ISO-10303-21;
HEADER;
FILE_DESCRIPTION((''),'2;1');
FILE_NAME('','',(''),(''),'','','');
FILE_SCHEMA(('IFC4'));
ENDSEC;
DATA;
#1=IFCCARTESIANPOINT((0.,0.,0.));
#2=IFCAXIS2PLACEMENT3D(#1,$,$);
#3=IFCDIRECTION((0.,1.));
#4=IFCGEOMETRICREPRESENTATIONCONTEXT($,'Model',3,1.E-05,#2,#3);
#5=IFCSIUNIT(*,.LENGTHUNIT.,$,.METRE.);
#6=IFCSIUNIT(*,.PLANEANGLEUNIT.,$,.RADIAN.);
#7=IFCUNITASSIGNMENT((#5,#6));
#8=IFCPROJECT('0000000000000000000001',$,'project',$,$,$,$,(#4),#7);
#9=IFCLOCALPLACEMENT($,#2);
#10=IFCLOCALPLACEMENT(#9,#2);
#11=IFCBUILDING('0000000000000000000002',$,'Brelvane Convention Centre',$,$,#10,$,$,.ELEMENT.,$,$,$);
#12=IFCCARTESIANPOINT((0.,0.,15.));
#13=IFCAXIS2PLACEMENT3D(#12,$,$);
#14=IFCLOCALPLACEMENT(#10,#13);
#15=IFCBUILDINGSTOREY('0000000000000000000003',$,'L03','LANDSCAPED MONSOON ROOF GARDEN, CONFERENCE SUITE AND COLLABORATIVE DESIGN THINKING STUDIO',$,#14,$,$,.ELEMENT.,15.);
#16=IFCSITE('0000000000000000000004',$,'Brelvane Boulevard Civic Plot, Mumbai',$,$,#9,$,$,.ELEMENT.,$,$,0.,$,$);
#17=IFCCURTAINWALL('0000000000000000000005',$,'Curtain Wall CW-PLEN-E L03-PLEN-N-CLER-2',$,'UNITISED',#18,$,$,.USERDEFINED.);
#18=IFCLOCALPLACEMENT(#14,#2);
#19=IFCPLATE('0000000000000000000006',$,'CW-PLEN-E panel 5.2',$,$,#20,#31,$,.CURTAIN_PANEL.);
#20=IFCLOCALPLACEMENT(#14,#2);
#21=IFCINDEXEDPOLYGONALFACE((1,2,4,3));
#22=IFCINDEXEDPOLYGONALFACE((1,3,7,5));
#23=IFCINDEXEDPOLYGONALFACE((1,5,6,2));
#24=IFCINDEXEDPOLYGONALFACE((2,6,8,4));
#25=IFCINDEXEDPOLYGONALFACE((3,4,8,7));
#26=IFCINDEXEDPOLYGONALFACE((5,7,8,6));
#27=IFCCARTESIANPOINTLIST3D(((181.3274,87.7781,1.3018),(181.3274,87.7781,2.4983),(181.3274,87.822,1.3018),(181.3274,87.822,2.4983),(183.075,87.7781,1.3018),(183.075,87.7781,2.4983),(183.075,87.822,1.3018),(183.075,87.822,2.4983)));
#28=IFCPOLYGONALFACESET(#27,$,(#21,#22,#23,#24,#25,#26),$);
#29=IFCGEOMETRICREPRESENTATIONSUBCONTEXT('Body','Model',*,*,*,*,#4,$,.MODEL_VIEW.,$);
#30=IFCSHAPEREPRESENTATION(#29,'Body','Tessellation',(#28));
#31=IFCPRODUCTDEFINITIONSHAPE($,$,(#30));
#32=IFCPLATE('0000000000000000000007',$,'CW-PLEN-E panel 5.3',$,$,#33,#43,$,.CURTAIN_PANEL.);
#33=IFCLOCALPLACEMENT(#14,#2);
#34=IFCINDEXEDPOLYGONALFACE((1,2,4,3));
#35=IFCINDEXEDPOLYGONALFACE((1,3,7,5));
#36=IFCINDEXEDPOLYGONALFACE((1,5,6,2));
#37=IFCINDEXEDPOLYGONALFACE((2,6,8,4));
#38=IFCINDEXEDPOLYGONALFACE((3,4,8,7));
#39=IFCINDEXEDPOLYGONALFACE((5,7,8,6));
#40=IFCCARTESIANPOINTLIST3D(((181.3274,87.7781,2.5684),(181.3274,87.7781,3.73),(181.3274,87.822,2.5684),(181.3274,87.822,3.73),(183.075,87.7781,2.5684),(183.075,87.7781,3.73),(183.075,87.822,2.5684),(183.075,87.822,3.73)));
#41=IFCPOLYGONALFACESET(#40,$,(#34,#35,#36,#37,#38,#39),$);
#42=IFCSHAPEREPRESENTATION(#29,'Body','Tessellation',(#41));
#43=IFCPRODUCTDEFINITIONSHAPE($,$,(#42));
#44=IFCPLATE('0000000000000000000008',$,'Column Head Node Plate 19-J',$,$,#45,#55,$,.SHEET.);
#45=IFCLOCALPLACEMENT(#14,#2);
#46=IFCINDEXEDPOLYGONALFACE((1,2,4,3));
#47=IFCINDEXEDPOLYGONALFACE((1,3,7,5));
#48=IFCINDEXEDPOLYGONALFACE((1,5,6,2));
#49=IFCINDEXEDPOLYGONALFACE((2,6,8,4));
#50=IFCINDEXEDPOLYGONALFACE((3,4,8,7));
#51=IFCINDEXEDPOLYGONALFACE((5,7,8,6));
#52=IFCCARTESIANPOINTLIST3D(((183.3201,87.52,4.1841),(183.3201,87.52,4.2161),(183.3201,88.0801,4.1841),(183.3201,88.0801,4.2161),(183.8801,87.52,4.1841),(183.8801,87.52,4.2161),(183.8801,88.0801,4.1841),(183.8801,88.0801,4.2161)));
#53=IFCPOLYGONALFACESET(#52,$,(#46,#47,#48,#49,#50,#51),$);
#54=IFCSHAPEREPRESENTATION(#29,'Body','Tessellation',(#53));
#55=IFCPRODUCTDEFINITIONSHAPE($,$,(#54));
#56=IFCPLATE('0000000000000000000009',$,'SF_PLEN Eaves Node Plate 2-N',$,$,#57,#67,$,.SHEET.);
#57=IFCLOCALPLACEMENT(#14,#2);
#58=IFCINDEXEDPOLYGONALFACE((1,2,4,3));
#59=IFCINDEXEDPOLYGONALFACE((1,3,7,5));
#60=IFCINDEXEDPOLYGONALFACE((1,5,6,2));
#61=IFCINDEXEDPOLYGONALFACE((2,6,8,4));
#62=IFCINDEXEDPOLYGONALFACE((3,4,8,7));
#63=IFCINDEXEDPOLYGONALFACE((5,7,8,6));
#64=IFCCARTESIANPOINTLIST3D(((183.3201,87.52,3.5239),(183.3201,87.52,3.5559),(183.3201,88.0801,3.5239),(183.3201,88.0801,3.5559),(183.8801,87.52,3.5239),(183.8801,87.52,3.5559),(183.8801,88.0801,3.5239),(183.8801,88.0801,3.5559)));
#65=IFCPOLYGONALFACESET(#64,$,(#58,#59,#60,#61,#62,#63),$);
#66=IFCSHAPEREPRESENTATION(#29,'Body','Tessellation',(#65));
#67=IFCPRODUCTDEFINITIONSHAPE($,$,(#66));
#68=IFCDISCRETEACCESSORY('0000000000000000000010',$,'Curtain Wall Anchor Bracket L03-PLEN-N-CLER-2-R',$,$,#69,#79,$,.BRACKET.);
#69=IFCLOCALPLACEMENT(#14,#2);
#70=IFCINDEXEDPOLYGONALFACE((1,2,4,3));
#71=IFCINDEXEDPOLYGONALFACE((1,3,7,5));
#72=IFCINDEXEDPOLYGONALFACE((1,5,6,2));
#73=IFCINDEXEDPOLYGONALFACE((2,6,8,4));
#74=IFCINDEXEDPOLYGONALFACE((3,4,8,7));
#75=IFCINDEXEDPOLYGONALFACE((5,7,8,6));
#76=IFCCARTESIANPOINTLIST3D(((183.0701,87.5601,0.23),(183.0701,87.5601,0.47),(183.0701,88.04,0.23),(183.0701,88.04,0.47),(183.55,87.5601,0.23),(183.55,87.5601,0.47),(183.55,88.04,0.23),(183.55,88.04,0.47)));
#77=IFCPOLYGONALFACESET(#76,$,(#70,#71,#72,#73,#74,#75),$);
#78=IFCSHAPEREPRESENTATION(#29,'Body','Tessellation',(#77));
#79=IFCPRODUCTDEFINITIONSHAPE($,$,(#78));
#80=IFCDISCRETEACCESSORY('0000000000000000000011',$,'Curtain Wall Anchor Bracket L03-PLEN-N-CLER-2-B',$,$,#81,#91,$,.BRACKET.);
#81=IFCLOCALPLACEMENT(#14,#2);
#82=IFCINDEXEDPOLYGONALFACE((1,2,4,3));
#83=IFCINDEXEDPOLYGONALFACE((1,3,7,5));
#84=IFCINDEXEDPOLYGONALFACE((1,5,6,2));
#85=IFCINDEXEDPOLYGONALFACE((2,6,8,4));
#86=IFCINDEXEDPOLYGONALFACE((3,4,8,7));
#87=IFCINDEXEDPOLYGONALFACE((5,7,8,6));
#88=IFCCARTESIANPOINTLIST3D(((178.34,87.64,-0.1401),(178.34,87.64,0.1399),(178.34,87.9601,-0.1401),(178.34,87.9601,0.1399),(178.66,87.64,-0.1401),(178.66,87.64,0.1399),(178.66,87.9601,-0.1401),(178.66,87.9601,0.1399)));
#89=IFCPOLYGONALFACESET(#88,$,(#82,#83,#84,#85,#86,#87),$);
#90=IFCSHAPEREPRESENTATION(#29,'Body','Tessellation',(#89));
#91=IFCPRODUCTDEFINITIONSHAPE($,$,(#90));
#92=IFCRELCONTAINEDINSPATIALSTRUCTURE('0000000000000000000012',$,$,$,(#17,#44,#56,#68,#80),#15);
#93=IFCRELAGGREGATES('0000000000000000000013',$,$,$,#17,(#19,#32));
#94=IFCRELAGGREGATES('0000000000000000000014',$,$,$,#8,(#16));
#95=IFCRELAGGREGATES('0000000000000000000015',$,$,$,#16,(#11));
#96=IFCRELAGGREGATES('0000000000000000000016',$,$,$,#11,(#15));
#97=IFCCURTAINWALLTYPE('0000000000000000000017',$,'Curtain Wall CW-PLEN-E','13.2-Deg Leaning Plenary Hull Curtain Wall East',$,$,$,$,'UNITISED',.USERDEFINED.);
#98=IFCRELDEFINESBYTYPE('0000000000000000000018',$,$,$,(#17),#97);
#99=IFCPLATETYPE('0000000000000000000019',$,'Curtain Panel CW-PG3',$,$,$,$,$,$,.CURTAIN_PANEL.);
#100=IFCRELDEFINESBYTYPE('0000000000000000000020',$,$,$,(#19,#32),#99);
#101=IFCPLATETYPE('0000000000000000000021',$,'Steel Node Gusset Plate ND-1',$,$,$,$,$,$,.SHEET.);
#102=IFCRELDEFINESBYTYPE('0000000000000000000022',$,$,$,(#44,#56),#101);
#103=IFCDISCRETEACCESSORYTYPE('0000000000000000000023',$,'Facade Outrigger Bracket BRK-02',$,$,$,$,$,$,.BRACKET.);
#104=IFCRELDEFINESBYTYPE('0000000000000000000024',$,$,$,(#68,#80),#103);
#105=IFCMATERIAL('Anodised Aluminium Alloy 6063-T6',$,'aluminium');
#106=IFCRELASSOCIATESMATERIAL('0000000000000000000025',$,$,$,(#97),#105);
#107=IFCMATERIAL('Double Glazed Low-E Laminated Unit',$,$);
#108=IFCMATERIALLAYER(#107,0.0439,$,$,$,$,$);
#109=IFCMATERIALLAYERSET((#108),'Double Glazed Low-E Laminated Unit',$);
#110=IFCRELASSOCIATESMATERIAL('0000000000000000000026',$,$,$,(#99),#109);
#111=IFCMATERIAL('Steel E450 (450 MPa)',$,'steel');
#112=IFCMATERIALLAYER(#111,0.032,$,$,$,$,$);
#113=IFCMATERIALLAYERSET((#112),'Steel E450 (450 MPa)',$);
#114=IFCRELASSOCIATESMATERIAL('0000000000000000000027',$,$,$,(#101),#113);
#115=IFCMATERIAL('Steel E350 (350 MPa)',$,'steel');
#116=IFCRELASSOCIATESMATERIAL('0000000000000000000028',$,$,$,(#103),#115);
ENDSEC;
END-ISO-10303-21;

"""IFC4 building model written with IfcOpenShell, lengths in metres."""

from ifc_helpers import new_model, si_unit, direction, frame, origin, origin_2d, place, context, subcontext, project, spatial, rectangle, extrude, material, layer, layer_set, type_object, element, aggregate, save


model = new_model("IFC4")

# Units and contexts
model_context = context("Model", 3, precision=1e-05, world=origin(), true_north=direction((0.0, 1.0)))
body_context = subcontext(model_context, "Body", "Model", "MODEL_VIEW")
ifc_project = project(units=[si_unit("LENGTHUNIT", "METRE"), si_unit("PLANEANGLEUNIT", "RADIAN")], contexts=[model_context])

# Site, building, storey
site_placement = place(None, origin())
site = spatial("IfcSite", under=ifc_project, at=site_placement, Name="Brelvane Boulevard Civic Plot, Mumbai", CompositionType="ELEMENT", RefElevation=0.0)
building_placement = place(site_placement, origin())
building = spatial("IfcBuilding", under=site, at=building_placement, Name="Brelvane Convention Centre", CompositionType="ELEMENT")
storey_placement = place(building_placement, frame((0.0, 0.0, 15.0)))
storey = spatial("IfcBuildingStorey", under=building, at=storey_placement, Name="L03", Description="LANDSCAPED MONSOON ROOF GARDEN, CONFERENCE SUITE AND COLLABORATIVE DESIGN THINKING STUDIO", CompositionType="ELEMENT", Elevation=15.0)

# Curtain wall
ifc_material_1 = material(Name="Anodised Aluminium Alloy 6063-T6", Category="aluminium")
curtain_wall_type = type_object("IfcCurtainWallType", Name="Curtain Wall CW-PLEN-E", Description="13.2-Deg Leaning Plenary Hull Curtain Wall East", ElementType="UNITISED", PredefinedType="USERDEFINED", material=ifc_material_1)
curtain_wall_placement = place(storey_placement, origin())
curtain_wall = element("IfcCurtainWall", 1, at=curtain_wall_placement, inside=storey, type_object=curtain_wall_type, Name="Curtain Wall CW-PLEN-E L03-PLEN-N-CLER-2", ObjectType="UNITISED", PredefinedType="USERDEFINED")

# Plates
ifc_material_2 = material(Name="Double Glazed Low-E Laminated Unit")
ifc_layer_1 = layer(ifc_material_2, 0.0439)
ifc_layer_set_1 = layer_set([ifc_layer_1], Name="Double Glazed Low-E Laminated Unit")
plate_type_1 = type_object("IfcPlateType", Name="Curtain Panel CW-PG3", PredefinedType="CURTAIN_PANEL", material=ifc_layer_set_1)
plate_1_placement = place(storey_placement, frame((182.2012, 87.8, 1.3018), z_axis=(0.0, 0.0, 1.0), x_axis=(1.0, 0.0, 0.0)))
plate_1 = element("IfcPlate", 2, at=plate_1_placement, type_object=plate_type_1, Name="CW-PLEN-E panel 5.2", PredefinedType="CURTAIN_PANEL", context=body_context, shape_type="SweptSolid", body=[
    extrude(rectangle(XDim=1.7476, YDim=0.0439, at=origin_2d()), origin(), (0.0, 0.0, 1.0), 1.1965),
])
plate_2_placement = place(storey_placement, frame((182.2012, 87.8, 2.5684), z_axis=(0.0, 0.0, 1.0), x_axis=(1.0, 0.0, 0.0)))
plate_2 = element("IfcPlate", 3, at=plate_2_placement, type_object=plate_type_1, Name="CW-PLEN-E panel 5.3", PredefinedType="CURTAIN_PANEL", context=body_context, shape_type="SweptSolid", body=[
    extrude(rectangle(XDim=1.7476, YDim=0.0439, at=origin_2d()), origin(), (0.0, 0.0, 1.0), 1.1616),
])
aggregate(curtain_wall, [plate_1, plate_2])

# Plates
ifc_material_3 = material(Name="Steel E450 (450 MPa)", Category="steel")
ifc_layer_2 = layer(ifc_material_3, 0.032)
ifc_layer_set_2 = layer_set([ifc_layer_2], Name="Steel E450 (450 MPa)")
plate_type_2 = type_object("IfcPlateType", Name="Steel Node Gusset Plate ND-1", PredefinedType="SHEET", material=ifc_layer_set_2)
for number, where, z_axis, x_axis, name in (
    (4, (183.6001, 87.8, 4.1841), (0.0, 0.0, 1.0), (1.0, 0.0, 0.0), "Column Head Node Plate 19-J"),
    (5, (183.6001, 87.8, 3.5239), (0.0, 0.0, 1.0), (1.0, 0.0, 0.0), "SF_PLEN Eaves Node Plate 2-N"),
):
    element("IfcPlate", number, at=place(storey_placement, frame(where, z_axis=z_axis, x_axis=x_axis)), inside=storey, type_object=plate_type_2, Name=name, PredefinedType="SHEET", context=body_context, shape_type="SweptSolid", body=[
        extrude(rectangle(XDim=0.5601, YDim=0.5601, at=origin_2d()), origin(), (0.0, 0.0, 1.0), 0.032),
    ])

# Discrete accessories
ifc_material_4 = material(Name="Steel E350 (350 MPa)", Category="steel")
discrete_accessory_type = type_object("IfcDiscreteAccessoryType", Name="Facade Outrigger Bracket BRK-02", PredefinedType="BRACKET", material=ifc_material_4)
discrete_accessory_1_placement = place(storey_placement, frame((183.3101, 87.8, 0.23), z_axis=(0.0, 0.0, 1.0), x_axis=(1.0, 0.0, 0.0)))
element("IfcDiscreteAccessory", 6, at=discrete_accessory_1_placement, inside=storey, type_object=discrete_accessory_type, Name="Curtain Wall Anchor Bracket L03-PLEN-N-CLER-2-R", PredefinedType="BRACKET", context=body_context, shape_type="SweptSolid", body=[
    extrude(rectangle(XDim=0.48, YDim=0.48, at=origin_2d()), origin(), (0.0, 0.0, 1.0), 0.24),
])
discrete_accessory_2_placement = place(storey_placement, frame((178.5, 87.8, -0.1401), z_axis=(0.0, 0.0, 1.0), x_axis=(1.0, 0.0, 0.0)))
element("IfcDiscreteAccessory", 7, at=discrete_accessory_2_placement, inside=storey, type_object=discrete_accessory_type, Name="Curtain Wall Anchor Bracket L03-PLEN-N-CLER-2-B", PredefinedType="BRACKET", context=body_context, shape_type="SweptSolid", body=[
    extrude(rectangle(XDim=0.3201, YDim=0.3201, at=origin_2d()), origin(), (0.0, 0.0, 1.0), 0.28),
])

save(model, "model.ifc")
